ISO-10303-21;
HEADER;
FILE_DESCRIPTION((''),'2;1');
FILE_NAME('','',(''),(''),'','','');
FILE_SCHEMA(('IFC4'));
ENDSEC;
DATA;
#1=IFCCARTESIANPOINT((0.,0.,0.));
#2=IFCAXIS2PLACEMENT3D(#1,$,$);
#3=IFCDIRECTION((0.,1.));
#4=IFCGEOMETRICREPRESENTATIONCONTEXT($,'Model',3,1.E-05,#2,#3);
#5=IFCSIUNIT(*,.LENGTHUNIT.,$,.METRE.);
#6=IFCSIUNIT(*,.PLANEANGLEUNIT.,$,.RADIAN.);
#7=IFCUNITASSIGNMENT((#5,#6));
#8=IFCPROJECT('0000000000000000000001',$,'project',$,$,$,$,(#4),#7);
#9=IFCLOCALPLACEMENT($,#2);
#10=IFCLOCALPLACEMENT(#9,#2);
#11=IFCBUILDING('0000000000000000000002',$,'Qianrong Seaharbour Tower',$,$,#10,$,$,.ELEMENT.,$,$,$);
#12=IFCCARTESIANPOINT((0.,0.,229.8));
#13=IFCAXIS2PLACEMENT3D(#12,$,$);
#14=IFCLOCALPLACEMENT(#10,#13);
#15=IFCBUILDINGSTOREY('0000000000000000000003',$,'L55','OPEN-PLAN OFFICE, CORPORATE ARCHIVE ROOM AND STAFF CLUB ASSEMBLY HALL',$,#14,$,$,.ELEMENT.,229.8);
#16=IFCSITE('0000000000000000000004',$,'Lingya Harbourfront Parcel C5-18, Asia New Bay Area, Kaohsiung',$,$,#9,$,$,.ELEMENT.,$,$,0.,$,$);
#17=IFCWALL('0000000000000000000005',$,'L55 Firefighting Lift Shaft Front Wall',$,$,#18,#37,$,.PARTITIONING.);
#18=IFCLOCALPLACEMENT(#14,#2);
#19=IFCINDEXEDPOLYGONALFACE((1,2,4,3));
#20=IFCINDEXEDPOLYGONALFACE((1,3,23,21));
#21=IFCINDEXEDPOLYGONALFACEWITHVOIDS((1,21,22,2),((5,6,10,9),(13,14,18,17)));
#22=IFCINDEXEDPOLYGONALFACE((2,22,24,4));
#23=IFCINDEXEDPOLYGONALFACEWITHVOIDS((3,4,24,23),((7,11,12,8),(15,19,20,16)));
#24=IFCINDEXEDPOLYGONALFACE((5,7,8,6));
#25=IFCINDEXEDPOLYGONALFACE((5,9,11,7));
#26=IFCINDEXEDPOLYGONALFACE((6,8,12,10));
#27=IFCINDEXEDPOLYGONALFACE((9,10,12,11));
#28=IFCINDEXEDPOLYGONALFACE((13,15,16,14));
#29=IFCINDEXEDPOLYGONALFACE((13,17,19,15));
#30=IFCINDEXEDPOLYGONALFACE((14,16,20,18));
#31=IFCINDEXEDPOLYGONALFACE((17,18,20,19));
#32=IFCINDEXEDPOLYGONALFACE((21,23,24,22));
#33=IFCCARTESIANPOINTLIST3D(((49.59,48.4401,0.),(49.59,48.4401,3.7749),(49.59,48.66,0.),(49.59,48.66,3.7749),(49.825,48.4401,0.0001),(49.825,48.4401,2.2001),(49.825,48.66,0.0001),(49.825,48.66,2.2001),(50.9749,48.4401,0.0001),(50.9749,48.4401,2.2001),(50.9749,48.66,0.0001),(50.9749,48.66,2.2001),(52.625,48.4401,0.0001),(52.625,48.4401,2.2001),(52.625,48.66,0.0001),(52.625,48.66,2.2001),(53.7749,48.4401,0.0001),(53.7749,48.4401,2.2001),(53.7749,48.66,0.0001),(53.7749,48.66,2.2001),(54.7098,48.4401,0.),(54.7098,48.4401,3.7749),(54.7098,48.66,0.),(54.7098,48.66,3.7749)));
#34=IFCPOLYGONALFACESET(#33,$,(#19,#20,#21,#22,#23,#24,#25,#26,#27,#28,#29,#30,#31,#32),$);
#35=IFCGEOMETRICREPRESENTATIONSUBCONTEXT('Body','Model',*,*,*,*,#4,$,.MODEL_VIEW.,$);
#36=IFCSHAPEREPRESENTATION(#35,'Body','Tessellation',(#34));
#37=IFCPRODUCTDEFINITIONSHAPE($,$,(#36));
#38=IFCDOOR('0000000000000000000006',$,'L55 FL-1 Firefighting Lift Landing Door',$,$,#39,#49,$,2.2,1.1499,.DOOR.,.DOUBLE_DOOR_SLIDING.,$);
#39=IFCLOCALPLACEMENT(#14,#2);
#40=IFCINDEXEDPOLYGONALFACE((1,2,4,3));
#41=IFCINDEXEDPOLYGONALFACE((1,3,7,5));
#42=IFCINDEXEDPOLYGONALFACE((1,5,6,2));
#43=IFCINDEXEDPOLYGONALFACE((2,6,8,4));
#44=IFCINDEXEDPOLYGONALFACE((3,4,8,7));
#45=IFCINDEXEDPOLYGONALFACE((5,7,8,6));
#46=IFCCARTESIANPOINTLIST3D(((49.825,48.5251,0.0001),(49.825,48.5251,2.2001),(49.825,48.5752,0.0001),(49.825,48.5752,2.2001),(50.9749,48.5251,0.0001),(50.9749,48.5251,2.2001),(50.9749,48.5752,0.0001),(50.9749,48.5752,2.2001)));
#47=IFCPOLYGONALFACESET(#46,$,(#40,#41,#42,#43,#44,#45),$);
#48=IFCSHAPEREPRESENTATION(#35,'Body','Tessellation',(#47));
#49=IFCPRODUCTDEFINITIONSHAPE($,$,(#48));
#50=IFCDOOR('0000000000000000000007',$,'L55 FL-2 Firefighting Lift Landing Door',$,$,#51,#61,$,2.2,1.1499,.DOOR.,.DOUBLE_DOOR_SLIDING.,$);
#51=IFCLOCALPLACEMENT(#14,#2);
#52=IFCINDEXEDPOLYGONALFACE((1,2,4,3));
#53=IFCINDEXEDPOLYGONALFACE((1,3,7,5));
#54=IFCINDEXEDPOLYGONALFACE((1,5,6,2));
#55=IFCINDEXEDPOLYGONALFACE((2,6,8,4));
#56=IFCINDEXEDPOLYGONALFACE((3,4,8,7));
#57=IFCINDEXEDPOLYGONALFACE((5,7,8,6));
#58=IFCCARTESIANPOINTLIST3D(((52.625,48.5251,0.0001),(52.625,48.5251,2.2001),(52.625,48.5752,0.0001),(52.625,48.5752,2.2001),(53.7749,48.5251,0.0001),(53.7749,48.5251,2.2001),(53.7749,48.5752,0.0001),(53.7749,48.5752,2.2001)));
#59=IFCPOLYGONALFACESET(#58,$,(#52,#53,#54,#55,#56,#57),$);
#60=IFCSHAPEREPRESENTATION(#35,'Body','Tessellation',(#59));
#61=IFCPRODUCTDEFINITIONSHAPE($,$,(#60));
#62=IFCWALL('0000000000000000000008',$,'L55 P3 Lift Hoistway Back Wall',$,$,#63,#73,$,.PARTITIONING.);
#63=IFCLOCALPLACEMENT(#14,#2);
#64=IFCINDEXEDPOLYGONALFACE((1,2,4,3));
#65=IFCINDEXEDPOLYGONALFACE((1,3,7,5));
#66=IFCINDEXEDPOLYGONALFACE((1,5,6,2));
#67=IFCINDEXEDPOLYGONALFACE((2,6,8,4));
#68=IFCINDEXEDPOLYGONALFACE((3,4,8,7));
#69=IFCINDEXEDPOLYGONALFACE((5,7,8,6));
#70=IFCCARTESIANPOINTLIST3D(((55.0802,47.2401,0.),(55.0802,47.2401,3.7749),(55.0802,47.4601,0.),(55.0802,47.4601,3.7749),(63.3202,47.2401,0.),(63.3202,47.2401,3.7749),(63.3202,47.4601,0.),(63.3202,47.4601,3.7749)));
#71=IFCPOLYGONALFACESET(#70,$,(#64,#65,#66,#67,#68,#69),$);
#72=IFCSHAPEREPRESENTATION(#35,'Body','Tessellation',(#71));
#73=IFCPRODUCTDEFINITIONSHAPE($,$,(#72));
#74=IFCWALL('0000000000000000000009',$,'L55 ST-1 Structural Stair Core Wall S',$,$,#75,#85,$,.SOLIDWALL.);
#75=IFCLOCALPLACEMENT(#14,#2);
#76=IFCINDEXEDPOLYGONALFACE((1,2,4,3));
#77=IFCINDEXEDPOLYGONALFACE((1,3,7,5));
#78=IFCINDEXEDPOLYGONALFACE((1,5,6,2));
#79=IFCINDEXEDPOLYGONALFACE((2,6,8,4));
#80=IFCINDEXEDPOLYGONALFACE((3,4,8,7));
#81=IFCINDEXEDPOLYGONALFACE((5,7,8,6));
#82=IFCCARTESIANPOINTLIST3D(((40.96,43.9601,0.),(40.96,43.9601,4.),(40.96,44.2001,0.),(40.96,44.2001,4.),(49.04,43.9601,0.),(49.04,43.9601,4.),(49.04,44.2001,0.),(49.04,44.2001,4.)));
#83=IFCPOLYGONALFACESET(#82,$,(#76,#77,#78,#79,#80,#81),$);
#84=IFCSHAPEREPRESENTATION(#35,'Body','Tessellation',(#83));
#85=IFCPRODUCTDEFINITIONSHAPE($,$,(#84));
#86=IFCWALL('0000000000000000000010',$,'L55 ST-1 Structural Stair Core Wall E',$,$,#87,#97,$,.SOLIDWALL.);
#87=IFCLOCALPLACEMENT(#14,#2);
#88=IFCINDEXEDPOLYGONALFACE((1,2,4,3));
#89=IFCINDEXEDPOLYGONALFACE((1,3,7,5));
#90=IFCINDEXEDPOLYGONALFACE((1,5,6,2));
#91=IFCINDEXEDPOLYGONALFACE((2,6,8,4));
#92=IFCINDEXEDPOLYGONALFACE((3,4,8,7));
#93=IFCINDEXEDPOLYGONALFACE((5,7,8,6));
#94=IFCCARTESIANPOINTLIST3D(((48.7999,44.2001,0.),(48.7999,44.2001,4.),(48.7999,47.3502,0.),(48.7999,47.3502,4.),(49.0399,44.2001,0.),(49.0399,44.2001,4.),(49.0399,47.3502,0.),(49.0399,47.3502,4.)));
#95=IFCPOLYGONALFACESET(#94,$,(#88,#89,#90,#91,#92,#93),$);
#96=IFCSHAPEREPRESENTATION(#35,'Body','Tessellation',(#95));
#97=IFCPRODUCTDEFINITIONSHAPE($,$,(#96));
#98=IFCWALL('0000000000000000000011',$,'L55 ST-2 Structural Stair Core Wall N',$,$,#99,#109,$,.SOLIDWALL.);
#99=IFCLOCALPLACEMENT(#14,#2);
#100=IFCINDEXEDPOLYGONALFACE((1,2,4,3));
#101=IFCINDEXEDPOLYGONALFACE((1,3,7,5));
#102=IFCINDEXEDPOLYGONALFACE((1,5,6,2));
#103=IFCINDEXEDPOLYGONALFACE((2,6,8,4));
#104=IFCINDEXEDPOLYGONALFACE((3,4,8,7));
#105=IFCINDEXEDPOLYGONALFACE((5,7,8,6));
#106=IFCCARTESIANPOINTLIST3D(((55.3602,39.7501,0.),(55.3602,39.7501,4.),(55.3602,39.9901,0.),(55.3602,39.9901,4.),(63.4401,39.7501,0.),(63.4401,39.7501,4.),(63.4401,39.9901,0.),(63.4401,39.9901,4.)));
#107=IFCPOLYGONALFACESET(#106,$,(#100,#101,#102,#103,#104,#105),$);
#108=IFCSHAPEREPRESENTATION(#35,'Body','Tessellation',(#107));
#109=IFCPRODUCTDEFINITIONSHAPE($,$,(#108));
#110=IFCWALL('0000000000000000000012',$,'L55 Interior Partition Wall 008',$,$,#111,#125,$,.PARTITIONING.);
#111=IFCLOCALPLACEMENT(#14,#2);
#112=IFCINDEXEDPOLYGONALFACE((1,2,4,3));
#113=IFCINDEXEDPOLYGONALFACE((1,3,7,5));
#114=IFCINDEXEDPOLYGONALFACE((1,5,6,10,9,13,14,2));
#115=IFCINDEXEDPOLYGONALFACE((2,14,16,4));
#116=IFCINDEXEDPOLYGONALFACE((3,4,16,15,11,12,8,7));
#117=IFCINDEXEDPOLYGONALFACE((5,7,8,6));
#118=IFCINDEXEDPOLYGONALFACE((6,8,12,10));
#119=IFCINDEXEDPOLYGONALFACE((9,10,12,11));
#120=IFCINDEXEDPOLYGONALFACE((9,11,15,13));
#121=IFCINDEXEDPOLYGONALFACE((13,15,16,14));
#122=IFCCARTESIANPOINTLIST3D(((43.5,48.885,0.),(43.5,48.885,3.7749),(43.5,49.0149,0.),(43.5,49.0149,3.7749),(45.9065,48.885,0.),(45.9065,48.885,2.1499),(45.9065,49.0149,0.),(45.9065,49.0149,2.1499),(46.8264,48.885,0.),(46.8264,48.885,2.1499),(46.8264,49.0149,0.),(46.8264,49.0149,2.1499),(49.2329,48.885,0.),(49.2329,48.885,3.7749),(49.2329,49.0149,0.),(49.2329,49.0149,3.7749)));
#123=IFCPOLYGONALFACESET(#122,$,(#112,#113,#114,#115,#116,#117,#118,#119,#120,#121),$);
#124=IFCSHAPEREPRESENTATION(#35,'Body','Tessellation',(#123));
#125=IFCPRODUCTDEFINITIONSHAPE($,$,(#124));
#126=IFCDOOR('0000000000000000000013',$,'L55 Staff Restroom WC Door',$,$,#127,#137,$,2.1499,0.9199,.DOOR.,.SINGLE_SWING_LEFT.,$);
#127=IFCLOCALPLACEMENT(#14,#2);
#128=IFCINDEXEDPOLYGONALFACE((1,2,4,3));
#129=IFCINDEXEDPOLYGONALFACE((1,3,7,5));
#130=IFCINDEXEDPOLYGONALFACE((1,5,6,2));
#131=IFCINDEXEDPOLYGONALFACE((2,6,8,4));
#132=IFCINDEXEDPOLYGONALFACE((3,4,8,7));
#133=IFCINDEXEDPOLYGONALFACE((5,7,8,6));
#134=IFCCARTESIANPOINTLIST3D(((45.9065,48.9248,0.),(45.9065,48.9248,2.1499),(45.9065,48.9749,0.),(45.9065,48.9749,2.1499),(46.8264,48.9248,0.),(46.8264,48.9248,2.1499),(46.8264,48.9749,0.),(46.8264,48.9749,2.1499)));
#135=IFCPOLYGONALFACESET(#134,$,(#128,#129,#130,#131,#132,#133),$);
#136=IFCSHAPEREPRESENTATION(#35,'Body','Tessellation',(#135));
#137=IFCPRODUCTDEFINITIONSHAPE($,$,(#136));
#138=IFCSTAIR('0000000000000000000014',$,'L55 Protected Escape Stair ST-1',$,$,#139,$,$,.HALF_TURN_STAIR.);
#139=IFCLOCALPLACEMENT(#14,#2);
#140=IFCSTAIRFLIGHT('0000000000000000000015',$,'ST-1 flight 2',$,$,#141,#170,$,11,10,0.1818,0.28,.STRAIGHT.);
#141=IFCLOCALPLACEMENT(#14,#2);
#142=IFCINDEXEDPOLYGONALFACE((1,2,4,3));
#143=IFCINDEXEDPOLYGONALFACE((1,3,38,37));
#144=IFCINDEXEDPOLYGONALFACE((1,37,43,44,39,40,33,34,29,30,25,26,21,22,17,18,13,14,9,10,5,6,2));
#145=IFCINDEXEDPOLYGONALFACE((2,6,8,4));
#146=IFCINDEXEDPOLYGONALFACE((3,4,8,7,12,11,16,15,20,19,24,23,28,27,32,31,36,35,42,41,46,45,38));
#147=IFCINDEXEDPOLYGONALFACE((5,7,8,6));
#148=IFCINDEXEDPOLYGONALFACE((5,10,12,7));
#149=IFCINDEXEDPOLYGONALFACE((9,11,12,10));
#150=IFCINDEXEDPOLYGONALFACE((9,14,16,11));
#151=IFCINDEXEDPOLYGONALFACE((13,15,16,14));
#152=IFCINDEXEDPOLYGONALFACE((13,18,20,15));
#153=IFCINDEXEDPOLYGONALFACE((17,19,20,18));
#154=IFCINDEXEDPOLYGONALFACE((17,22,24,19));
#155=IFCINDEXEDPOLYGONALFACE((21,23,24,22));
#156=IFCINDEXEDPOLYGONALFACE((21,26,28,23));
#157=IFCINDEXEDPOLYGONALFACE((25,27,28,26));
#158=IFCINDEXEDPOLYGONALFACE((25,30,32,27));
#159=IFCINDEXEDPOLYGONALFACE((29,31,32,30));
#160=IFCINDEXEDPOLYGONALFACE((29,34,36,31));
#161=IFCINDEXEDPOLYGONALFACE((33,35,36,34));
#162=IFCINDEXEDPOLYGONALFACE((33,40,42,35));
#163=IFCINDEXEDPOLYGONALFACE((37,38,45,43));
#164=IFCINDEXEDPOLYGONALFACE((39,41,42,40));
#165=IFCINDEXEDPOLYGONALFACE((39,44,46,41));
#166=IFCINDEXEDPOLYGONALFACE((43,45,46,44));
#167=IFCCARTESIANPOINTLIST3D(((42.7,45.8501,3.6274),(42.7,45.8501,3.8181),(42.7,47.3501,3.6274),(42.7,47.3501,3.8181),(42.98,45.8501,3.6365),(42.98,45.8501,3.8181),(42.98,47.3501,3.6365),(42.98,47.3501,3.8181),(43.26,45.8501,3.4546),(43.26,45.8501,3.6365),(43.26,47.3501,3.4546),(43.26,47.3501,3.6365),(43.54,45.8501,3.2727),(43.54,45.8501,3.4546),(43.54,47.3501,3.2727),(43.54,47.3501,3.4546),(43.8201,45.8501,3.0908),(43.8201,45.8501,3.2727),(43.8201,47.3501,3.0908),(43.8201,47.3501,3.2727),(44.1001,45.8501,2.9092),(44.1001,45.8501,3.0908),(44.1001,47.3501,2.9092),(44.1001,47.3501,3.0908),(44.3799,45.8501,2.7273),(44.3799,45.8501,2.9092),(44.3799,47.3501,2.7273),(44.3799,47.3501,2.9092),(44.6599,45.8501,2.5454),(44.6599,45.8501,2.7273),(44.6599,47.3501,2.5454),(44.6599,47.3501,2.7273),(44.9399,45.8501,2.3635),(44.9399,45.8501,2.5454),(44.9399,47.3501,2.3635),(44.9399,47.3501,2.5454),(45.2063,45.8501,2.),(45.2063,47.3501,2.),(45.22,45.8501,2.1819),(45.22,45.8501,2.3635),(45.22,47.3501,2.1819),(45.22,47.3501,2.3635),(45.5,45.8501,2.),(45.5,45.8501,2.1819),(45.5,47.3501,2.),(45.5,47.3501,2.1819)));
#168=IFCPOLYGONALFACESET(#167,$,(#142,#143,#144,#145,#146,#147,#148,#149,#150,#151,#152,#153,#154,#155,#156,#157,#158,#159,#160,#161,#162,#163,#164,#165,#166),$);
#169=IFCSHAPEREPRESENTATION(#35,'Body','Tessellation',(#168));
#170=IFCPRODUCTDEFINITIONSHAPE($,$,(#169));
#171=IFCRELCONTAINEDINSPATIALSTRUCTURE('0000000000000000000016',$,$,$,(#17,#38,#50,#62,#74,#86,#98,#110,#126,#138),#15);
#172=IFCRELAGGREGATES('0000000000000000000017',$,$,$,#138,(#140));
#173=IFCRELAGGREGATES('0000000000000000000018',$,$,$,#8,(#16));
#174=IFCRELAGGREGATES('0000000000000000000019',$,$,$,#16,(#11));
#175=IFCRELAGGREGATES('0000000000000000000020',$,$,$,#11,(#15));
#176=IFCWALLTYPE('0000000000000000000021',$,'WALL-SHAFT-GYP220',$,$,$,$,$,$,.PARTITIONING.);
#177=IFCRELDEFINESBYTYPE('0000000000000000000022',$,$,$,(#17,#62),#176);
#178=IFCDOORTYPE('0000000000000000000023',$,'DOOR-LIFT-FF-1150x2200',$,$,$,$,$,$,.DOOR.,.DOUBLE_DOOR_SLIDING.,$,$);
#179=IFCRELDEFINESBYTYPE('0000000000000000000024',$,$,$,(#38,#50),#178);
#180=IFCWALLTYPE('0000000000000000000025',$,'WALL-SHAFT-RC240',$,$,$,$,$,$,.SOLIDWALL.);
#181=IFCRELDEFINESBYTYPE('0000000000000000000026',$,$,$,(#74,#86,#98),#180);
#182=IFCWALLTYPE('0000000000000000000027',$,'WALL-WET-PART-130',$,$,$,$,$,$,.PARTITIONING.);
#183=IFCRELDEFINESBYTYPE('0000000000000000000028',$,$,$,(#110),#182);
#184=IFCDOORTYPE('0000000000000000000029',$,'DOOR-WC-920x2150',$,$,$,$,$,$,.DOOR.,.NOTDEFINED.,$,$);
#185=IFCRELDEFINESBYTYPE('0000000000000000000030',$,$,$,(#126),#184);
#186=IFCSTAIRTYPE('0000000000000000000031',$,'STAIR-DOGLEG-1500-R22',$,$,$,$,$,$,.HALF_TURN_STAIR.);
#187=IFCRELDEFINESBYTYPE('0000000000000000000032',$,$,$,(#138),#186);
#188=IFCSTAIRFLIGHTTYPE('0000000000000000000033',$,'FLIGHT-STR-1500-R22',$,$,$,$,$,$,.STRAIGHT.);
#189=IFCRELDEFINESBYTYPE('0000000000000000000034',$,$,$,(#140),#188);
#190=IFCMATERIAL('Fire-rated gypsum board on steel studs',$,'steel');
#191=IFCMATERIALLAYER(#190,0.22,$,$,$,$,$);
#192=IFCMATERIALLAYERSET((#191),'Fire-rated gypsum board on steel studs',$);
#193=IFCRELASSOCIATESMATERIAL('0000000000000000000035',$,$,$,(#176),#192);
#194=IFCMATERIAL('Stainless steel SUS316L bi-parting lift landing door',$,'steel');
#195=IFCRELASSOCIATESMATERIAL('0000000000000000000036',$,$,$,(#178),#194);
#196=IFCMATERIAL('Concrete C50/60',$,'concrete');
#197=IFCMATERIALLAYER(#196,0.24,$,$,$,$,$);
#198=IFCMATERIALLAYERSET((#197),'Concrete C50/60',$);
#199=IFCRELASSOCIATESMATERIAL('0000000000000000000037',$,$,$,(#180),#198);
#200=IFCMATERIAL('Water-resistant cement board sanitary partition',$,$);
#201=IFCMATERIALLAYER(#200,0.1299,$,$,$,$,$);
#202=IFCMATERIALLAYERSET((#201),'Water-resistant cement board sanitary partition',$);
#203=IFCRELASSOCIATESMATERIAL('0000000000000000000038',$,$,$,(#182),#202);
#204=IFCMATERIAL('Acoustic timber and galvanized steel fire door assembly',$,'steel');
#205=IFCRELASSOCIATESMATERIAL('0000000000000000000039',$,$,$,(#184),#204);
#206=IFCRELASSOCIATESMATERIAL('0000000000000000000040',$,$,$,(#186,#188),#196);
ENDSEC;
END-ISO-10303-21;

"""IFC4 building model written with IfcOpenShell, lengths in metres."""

from ifc_helpers import new_model, si_unit, direction, frame, frame_2d, origin, place, context, subcontext, project, spatial, polyline, rectangle, outline, extrude, material, layer, layer_set, type_object, element, fill, aggregate, save


model = new_model("IFC4")

# Units and contexts
model_context = context("Model", 3, precision=1e-05, world=origin(), true_north=direction((0.0, 1.0)))
body_context = subcontext(model_context, "Body", "Model", "MODEL_VIEW")
ifc_project = project(units=[si_unit("LENGTHUNIT", "METRE"), si_unit("PLANEANGLEUNIT", "RADIAN")], contexts=[model_context])

# Site, building, storey
site_placement = place(None, origin())
site = spatial("IfcSite", under=ifc_project, at=site_placement, Name="Lingya Harbourfront Parcel C5-18, Asia New Bay Area, Kaohsiung", CompositionType="ELEMENT", RefElevation=0.0)
building_placement = place(site_placement, origin())
building = spatial("IfcBuilding", under=site, at=building_placement, Name="Qianrong Seaharbour Tower", CompositionType="ELEMENT")
storey_placement = place(building_placement, frame((0.0, 0.0, 229.8)))
storey = spatial("IfcBuildingStorey", under=building, at=storey_placement, Name="L55", Description="OPEN-PLAN OFFICE, CORPORATE ARCHIVE ROOM AND STAFF CLUB ASSEMBLY HALL", CompositionType="ELEMENT", Elevation=229.8)

# Shared definitions
ifc_material_1 = material(Name="Concrete C50/60", Category="concrete")

# Shared definitions
ifc_material_2 = material(Name="Acoustic timber and galvanized steel fire door assembly", Category="steel")

# Shared definitions
ifc_material_3 = material(Name="Fire-rated gypsum board on steel studs", Category="steel")

# Wall, openings, doors
ifc_layer_1 = layer(ifc_material_3, 0.22)
ifc_layer_set_1 = layer_set([ifc_layer_1], Name="Fire-rated gypsum board on steel studs")
wall_type_1 = type_object("IfcWallType", Name="WALL-SHAFT-GYP220", PredefinedType="PARTITIONING", material=ifc_layer_set_1)
wall_1_placement = place(storey_placement, frame((54.71, 48.55, 0.0), z_axis=(0.0, 0.0, 1.0), x_axis=(-1.0, 0.0, 0.0)))
wall_1 = element("IfcWall", 1, at=wall_1_placement, inside=storey, type_object=wall_type_1, Name="L55 Firefighting Lift Shaft Front Wall", PredefinedType="PARTITIONING", context=body_context, shape_type="SweptSolid", body=[
    extrude(rectangle(XDim=5.1199, YDim=0.22, at=frame_2d((2.5601, 0.0))), origin(), (0.0, 0.0, 1.0), 3.7749),
])
opening_1_placement = place(wall_1_placement, frame((3.7351, 0.0, 0.0)))
opening_1 = element("IfcOpeningElement", 2, at=opening_1_placement, cuts=wall_1, PredefinedType="OPENING", context=body_context, shape_type="SweptSolid", body=[
    extrude(rectangle(XDim=1.1499, YDim=2.2, at=frame_2d((0.575, 1.1001))), frame((0.0, 0.1201, 0.0), z_axis=(0.0, -1.0, 0.0), x_axis=(1.0, 0.0, 0.0)), (0.0, 0.0, 1.0), 0.24),
])
opening_2_placement = place(wall_1_placement, frame((0.9351, 0.0, 0.0)))
opening_2 = element("IfcOpeningElement", 3, at=opening_2_placement, cuts=wall_1, PredefinedType="OPENING", context=body_context, shape_type="SweptSolid", body=[
    extrude(rectangle(XDim=1.1499, YDim=2.2, at=frame_2d((0.575, 1.1001))), frame((0.0, 0.1201, 0.0), z_axis=(0.0, -1.0, 0.0), x_axis=(1.0, 0.0, 0.0)), (0.0, 0.0, 1.0), 0.24),
])
ifc_material_4 = material(Name="Stainless steel SUS316L bi-parting lift landing door", Category="steel")
door_type_1 = type_object("IfcDoorType", Name="DOOR-LIFT-FF-1150x2200", OperationType="DOUBLE_DOOR_SLIDING", PredefinedType="DOOR", material=ifc_material_4)
door_1_placement = place(opening_1_placement, origin())
door_1 = element("IfcDoor", 4, at=door_1_placement, inside=storey, type_object=door_type_1, Name="L55 FL-1 Firefighting Lift Landing Door", OperationType="DOUBLE_DOOR_SLIDING", OverallHeight=2.2, OverallWidth=1.1499, PredefinedType="DOOR", context=body_context, shape_type="SweptSolid", body=[
    extrude(rectangle(XDim=1.1499, YDim=2.2, at=frame_2d((0.575, 1.1001))), frame((0.0, 0.0249, 0.0), z_axis=(0.0, -1.0, 0.0), x_axis=(1.0, 0.0, 0.0)), (0.0, 0.0, 1.0), 0.05),
])
fill(opening_1, door_1)
door_2_placement = place(opening_2_placement, origin())
door_2 = element("IfcDoor", 5, at=door_2_placement, inside=storey, type_object=door_type_1, Name="L55 FL-2 Firefighting Lift Landing Door", OperationType="DOUBLE_DOOR_SLIDING", OverallHeight=2.2, OverallWidth=1.1499, PredefinedType="DOOR", context=body_context, shape_type="SweptSolid", body=[
    extrude(rectangle(XDim=1.1499, YDim=2.2, at=frame_2d((0.575, 1.1001))), frame((0.0, 0.0249, 0.0), z_axis=(0.0, -1.0, 0.0), x_axis=(1.0, 0.0, 0.0)), (0.0, 0.0, 1.0), 0.05),
])
fill(opening_2, door_2)

# Walls
wall_2_placement = place(storey_placement, frame((55.0801, 47.3501, 0.0), z_axis=(0.0, 0.0, 1.0), x_axis=(1.0, 0.0, 0.0)))
element("IfcWall", 6, at=wall_2_placement, inside=storey, type_object=wall_type_1, Name="L55 P3 Lift Hoistway Back Wall", PredefinedType="PARTITIONING", context=body_context, shape_type="SweptSolid", body=[
    extrude(rectangle(XDim=8.24, YDim=0.22, at=frame_2d((4.1201, 0.0))), origin(), (0.0, 0.0, 1.0), 3.7749),
])
ifc_layer_2 = layer(ifc_material_1, 0.24)
ifc_layer_set_2 = layer_set([ifc_layer_2], Name="Concrete C50/60")
wall_type_2 = type_object("IfcWallType", Name="WALL-SHAFT-RC240", PredefinedType="SOLIDWALL", material=ifc_layer_set_2)
wall_3_placement = place(storey_placement, frame((49.04, 44.0801, 0.0), z_axis=(0.0, 0.0, 1.0), x_axis=(-1.0, 0.0, 0.0)))
element("IfcWall", 7, at=wall_3_placement, inside=storey, type_object=wall_type_2, Name="L55 ST-1 Structural Stair Core Wall S", PredefinedType="SOLIDWALL", context=body_context, shape_type="SweptSolid", body=[
    extrude(rectangle(XDim=8.0801, YDim=0.24, at=frame_2d((4.04, 0.0))), origin(), (0.0, 0.0, 1.0), 4.0),
])
wall_4_placement = place(storey_placement, frame((48.9199, 44.2, 0.0), z_axis=(0.0, 0.0, 1.0), x_axis=(0.0, 1.0, 0.0)))
element("IfcWall", 8, at=wall_4_placement, inside=storey, type_object=wall_type_2, Name="L55 ST-1 Structural Stair Core Wall E", PredefinedType="SOLIDWALL", context=body_context, shape_type="SweptSolid", body=[
    extrude(rectangle(XDim=3.1501, YDim=0.24, at=frame_2d((1.5752, 0.0))), origin(), (0.0, 0.0, 1.0), 4.0),
])
wall_5_placement = place(storey_placement, frame((55.3601, 39.8701, 0.0), z_axis=(0.0, 0.0, 1.0), x_axis=(1.0, 0.0, 0.0)))
element("IfcWall", 9, at=wall_5_placement, inside=storey, type_object=wall_type_2, Name="L55 ST-2 Structural Stair Core Wall N", PredefinedType="SOLIDWALL", context=body_context, shape_type="SweptSolid", body=[
    extrude(rectangle(XDim=8.0798, YDim=0.24, at=frame_2d((4.04, 0.0))), origin(), (0.0, 0.0, 1.0), 4.0),
])

# Wall, opening, door
ifc_material_5 = material(Name="Water-resistant cement board sanitary partition")
ifc_layer_3 = layer(ifc_material_5, 0.1299)
ifc_layer_set_3 = layer_set([ifc_layer_3], Name="Water-resistant cement board sanitary partition")
wall_type_3 = type_object("IfcWallType", Name="WALL-WET-PART-130", PredefinedType="PARTITIONING", material=ifc_layer_set_3)
wall_6_placement = place(storey_placement, frame((43.5, 48.95, 0.0), z_axis=(0.0, 0.0, 1.0), x_axis=(1.0, 0.0, 0.0)))
wall_6 = element("IfcWall", 10, at=wall_6_placement, inside=storey, type_object=wall_type_3, Name="L55 Interior Partition Wall 008", PredefinedType="PARTITIONING", context=body_context, shape_type="SweptSolid", body=[
    extrude(rectangle(XDim=5.7329, YDim=0.1299, at=frame_2d((2.8665, 0.0))), origin(), (0.0, 0.0, 1.0), 3.7749),
])
opening_3_placement = place(wall_6_placement, frame((2.4065, 0.0, 0.0)))
opening_3 = element("IfcOpeningElement", 11, at=opening_3_placement, cuts=wall_6, PredefinedType="OPENING", context=body_context, shape_type="SweptSolid", body=[
    extrude(rectangle(XDim=0.9199, YDim=2.1499, at=frame_2d((0.46, 1.075))), frame((0.0, 0.075, 0.0), z_axis=(0.0, -1.0, 0.0), x_axis=(1.0, 0.0, 0.0)), (0.0, 0.0, 1.0), 0.1499),
])
door_type_2 = type_object("IfcDoorType", Name="DOOR-WC-920x2150", OperationType="NOTDEFINED", PredefinedType="DOOR", material=ifc_material_2)
door_3_placement = place(opening_3_placement, origin())
door_3 = element("IfcDoor", 12, at=door_3_placement, inside=storey, type_object=door_type_2, Name="L55 Staff Restroom WC Door", OperationType="SINGLE_SWING_LEFT", OverallHeight=2.1499, OverallWidth=0.9199, PredefinedType="DOOR", context=body_context, shape_type="SweptSolid", body=[
    extrude(rectangle(XDim=0.9199, YDim=2.1499, at=frame_2d((0.46, 1.075))), frame((0.0, 0.0249, 0.0), z_axis=(0.0, -1.0, 0.0), x_axis=(1.0, 0.0, 0.0)), (0.0, 0.0, 1.0), 0.05),
])
fill(opening_3, door_3)

# Stair, stair flight
stair_type = type_object("IfcStairType", Name="STAIR-DOGLEG-1500-R22", PredefinedType="HALF_TURN_STAIR", material=ifc_material_1)
stair_placement = place(storey_placement, origin())
stair = element("IfcStair", 13, at=stair_placement, inside=storey, type_object=stair_type, Name="L55 Protected Escape Stair ST-1", PredefinedType="HALF_TURN_STAIR")
stair_flight_type = type_object("IfcStairFlightType", Name="FLIGHT-STR-1500-R22", PredefinedType="STRAIGHT", material=ifc_material_1)
stair_flight_placement = place(storey_placement, frame((45.5, 46.6001, 2.0), z_axis=(0.0, 0.0, 1.0), x_axis=(-1.0, 0.0, 0.0)))
stair_flight = element("IfcStairFlight", 14, at=stair_flight_placement, type_object=stair_flight_type, Name="ST-1 flight 2", NumberOfRisers=11, NumberOfTreads=10, PredefinedType="STRAIGHT", RiserHeight=0.1818, TreadLength=0.28, context=body_context, shape_type="SweptSolid", body=[
    extrude(outline(polyline([(0.0, 0.0), (0.0, 0.1819), (0.28, 0.1819), (0.28, 0.3635), (0.5601, 0.3635), (0.5601, 0.5454), (0.8401, 0.5454), (0.8401, 0.7273), (1.1201, 0.7273), (1.1201, 0.9092), (1.3999, 0.9092), (1.3999, 1.0908), (1.6799, 1.0908), (1.6799, 1.2727), (1.96, 1.2727), (1.96, 1.4546), (2.24, 1.4546), (2.24, 1.6365), (2.52, 1.6365), (2.52, 1.8181), (2.8, 1.8181), (2.8, 2.0), (2.8, 1.6274), (0.2937, 0.0), (0.0, 0.0)])), frame((0.0, 0.75, 0.0), z_axis=(0.0, -1.0, 0.0), x_axis=(1.0, 0.0, 0.0)), (0.0, 0.0, 1.0), 1.5),
])
aggregate(stair, [stair_flight])

save(model, "model.ifc")
